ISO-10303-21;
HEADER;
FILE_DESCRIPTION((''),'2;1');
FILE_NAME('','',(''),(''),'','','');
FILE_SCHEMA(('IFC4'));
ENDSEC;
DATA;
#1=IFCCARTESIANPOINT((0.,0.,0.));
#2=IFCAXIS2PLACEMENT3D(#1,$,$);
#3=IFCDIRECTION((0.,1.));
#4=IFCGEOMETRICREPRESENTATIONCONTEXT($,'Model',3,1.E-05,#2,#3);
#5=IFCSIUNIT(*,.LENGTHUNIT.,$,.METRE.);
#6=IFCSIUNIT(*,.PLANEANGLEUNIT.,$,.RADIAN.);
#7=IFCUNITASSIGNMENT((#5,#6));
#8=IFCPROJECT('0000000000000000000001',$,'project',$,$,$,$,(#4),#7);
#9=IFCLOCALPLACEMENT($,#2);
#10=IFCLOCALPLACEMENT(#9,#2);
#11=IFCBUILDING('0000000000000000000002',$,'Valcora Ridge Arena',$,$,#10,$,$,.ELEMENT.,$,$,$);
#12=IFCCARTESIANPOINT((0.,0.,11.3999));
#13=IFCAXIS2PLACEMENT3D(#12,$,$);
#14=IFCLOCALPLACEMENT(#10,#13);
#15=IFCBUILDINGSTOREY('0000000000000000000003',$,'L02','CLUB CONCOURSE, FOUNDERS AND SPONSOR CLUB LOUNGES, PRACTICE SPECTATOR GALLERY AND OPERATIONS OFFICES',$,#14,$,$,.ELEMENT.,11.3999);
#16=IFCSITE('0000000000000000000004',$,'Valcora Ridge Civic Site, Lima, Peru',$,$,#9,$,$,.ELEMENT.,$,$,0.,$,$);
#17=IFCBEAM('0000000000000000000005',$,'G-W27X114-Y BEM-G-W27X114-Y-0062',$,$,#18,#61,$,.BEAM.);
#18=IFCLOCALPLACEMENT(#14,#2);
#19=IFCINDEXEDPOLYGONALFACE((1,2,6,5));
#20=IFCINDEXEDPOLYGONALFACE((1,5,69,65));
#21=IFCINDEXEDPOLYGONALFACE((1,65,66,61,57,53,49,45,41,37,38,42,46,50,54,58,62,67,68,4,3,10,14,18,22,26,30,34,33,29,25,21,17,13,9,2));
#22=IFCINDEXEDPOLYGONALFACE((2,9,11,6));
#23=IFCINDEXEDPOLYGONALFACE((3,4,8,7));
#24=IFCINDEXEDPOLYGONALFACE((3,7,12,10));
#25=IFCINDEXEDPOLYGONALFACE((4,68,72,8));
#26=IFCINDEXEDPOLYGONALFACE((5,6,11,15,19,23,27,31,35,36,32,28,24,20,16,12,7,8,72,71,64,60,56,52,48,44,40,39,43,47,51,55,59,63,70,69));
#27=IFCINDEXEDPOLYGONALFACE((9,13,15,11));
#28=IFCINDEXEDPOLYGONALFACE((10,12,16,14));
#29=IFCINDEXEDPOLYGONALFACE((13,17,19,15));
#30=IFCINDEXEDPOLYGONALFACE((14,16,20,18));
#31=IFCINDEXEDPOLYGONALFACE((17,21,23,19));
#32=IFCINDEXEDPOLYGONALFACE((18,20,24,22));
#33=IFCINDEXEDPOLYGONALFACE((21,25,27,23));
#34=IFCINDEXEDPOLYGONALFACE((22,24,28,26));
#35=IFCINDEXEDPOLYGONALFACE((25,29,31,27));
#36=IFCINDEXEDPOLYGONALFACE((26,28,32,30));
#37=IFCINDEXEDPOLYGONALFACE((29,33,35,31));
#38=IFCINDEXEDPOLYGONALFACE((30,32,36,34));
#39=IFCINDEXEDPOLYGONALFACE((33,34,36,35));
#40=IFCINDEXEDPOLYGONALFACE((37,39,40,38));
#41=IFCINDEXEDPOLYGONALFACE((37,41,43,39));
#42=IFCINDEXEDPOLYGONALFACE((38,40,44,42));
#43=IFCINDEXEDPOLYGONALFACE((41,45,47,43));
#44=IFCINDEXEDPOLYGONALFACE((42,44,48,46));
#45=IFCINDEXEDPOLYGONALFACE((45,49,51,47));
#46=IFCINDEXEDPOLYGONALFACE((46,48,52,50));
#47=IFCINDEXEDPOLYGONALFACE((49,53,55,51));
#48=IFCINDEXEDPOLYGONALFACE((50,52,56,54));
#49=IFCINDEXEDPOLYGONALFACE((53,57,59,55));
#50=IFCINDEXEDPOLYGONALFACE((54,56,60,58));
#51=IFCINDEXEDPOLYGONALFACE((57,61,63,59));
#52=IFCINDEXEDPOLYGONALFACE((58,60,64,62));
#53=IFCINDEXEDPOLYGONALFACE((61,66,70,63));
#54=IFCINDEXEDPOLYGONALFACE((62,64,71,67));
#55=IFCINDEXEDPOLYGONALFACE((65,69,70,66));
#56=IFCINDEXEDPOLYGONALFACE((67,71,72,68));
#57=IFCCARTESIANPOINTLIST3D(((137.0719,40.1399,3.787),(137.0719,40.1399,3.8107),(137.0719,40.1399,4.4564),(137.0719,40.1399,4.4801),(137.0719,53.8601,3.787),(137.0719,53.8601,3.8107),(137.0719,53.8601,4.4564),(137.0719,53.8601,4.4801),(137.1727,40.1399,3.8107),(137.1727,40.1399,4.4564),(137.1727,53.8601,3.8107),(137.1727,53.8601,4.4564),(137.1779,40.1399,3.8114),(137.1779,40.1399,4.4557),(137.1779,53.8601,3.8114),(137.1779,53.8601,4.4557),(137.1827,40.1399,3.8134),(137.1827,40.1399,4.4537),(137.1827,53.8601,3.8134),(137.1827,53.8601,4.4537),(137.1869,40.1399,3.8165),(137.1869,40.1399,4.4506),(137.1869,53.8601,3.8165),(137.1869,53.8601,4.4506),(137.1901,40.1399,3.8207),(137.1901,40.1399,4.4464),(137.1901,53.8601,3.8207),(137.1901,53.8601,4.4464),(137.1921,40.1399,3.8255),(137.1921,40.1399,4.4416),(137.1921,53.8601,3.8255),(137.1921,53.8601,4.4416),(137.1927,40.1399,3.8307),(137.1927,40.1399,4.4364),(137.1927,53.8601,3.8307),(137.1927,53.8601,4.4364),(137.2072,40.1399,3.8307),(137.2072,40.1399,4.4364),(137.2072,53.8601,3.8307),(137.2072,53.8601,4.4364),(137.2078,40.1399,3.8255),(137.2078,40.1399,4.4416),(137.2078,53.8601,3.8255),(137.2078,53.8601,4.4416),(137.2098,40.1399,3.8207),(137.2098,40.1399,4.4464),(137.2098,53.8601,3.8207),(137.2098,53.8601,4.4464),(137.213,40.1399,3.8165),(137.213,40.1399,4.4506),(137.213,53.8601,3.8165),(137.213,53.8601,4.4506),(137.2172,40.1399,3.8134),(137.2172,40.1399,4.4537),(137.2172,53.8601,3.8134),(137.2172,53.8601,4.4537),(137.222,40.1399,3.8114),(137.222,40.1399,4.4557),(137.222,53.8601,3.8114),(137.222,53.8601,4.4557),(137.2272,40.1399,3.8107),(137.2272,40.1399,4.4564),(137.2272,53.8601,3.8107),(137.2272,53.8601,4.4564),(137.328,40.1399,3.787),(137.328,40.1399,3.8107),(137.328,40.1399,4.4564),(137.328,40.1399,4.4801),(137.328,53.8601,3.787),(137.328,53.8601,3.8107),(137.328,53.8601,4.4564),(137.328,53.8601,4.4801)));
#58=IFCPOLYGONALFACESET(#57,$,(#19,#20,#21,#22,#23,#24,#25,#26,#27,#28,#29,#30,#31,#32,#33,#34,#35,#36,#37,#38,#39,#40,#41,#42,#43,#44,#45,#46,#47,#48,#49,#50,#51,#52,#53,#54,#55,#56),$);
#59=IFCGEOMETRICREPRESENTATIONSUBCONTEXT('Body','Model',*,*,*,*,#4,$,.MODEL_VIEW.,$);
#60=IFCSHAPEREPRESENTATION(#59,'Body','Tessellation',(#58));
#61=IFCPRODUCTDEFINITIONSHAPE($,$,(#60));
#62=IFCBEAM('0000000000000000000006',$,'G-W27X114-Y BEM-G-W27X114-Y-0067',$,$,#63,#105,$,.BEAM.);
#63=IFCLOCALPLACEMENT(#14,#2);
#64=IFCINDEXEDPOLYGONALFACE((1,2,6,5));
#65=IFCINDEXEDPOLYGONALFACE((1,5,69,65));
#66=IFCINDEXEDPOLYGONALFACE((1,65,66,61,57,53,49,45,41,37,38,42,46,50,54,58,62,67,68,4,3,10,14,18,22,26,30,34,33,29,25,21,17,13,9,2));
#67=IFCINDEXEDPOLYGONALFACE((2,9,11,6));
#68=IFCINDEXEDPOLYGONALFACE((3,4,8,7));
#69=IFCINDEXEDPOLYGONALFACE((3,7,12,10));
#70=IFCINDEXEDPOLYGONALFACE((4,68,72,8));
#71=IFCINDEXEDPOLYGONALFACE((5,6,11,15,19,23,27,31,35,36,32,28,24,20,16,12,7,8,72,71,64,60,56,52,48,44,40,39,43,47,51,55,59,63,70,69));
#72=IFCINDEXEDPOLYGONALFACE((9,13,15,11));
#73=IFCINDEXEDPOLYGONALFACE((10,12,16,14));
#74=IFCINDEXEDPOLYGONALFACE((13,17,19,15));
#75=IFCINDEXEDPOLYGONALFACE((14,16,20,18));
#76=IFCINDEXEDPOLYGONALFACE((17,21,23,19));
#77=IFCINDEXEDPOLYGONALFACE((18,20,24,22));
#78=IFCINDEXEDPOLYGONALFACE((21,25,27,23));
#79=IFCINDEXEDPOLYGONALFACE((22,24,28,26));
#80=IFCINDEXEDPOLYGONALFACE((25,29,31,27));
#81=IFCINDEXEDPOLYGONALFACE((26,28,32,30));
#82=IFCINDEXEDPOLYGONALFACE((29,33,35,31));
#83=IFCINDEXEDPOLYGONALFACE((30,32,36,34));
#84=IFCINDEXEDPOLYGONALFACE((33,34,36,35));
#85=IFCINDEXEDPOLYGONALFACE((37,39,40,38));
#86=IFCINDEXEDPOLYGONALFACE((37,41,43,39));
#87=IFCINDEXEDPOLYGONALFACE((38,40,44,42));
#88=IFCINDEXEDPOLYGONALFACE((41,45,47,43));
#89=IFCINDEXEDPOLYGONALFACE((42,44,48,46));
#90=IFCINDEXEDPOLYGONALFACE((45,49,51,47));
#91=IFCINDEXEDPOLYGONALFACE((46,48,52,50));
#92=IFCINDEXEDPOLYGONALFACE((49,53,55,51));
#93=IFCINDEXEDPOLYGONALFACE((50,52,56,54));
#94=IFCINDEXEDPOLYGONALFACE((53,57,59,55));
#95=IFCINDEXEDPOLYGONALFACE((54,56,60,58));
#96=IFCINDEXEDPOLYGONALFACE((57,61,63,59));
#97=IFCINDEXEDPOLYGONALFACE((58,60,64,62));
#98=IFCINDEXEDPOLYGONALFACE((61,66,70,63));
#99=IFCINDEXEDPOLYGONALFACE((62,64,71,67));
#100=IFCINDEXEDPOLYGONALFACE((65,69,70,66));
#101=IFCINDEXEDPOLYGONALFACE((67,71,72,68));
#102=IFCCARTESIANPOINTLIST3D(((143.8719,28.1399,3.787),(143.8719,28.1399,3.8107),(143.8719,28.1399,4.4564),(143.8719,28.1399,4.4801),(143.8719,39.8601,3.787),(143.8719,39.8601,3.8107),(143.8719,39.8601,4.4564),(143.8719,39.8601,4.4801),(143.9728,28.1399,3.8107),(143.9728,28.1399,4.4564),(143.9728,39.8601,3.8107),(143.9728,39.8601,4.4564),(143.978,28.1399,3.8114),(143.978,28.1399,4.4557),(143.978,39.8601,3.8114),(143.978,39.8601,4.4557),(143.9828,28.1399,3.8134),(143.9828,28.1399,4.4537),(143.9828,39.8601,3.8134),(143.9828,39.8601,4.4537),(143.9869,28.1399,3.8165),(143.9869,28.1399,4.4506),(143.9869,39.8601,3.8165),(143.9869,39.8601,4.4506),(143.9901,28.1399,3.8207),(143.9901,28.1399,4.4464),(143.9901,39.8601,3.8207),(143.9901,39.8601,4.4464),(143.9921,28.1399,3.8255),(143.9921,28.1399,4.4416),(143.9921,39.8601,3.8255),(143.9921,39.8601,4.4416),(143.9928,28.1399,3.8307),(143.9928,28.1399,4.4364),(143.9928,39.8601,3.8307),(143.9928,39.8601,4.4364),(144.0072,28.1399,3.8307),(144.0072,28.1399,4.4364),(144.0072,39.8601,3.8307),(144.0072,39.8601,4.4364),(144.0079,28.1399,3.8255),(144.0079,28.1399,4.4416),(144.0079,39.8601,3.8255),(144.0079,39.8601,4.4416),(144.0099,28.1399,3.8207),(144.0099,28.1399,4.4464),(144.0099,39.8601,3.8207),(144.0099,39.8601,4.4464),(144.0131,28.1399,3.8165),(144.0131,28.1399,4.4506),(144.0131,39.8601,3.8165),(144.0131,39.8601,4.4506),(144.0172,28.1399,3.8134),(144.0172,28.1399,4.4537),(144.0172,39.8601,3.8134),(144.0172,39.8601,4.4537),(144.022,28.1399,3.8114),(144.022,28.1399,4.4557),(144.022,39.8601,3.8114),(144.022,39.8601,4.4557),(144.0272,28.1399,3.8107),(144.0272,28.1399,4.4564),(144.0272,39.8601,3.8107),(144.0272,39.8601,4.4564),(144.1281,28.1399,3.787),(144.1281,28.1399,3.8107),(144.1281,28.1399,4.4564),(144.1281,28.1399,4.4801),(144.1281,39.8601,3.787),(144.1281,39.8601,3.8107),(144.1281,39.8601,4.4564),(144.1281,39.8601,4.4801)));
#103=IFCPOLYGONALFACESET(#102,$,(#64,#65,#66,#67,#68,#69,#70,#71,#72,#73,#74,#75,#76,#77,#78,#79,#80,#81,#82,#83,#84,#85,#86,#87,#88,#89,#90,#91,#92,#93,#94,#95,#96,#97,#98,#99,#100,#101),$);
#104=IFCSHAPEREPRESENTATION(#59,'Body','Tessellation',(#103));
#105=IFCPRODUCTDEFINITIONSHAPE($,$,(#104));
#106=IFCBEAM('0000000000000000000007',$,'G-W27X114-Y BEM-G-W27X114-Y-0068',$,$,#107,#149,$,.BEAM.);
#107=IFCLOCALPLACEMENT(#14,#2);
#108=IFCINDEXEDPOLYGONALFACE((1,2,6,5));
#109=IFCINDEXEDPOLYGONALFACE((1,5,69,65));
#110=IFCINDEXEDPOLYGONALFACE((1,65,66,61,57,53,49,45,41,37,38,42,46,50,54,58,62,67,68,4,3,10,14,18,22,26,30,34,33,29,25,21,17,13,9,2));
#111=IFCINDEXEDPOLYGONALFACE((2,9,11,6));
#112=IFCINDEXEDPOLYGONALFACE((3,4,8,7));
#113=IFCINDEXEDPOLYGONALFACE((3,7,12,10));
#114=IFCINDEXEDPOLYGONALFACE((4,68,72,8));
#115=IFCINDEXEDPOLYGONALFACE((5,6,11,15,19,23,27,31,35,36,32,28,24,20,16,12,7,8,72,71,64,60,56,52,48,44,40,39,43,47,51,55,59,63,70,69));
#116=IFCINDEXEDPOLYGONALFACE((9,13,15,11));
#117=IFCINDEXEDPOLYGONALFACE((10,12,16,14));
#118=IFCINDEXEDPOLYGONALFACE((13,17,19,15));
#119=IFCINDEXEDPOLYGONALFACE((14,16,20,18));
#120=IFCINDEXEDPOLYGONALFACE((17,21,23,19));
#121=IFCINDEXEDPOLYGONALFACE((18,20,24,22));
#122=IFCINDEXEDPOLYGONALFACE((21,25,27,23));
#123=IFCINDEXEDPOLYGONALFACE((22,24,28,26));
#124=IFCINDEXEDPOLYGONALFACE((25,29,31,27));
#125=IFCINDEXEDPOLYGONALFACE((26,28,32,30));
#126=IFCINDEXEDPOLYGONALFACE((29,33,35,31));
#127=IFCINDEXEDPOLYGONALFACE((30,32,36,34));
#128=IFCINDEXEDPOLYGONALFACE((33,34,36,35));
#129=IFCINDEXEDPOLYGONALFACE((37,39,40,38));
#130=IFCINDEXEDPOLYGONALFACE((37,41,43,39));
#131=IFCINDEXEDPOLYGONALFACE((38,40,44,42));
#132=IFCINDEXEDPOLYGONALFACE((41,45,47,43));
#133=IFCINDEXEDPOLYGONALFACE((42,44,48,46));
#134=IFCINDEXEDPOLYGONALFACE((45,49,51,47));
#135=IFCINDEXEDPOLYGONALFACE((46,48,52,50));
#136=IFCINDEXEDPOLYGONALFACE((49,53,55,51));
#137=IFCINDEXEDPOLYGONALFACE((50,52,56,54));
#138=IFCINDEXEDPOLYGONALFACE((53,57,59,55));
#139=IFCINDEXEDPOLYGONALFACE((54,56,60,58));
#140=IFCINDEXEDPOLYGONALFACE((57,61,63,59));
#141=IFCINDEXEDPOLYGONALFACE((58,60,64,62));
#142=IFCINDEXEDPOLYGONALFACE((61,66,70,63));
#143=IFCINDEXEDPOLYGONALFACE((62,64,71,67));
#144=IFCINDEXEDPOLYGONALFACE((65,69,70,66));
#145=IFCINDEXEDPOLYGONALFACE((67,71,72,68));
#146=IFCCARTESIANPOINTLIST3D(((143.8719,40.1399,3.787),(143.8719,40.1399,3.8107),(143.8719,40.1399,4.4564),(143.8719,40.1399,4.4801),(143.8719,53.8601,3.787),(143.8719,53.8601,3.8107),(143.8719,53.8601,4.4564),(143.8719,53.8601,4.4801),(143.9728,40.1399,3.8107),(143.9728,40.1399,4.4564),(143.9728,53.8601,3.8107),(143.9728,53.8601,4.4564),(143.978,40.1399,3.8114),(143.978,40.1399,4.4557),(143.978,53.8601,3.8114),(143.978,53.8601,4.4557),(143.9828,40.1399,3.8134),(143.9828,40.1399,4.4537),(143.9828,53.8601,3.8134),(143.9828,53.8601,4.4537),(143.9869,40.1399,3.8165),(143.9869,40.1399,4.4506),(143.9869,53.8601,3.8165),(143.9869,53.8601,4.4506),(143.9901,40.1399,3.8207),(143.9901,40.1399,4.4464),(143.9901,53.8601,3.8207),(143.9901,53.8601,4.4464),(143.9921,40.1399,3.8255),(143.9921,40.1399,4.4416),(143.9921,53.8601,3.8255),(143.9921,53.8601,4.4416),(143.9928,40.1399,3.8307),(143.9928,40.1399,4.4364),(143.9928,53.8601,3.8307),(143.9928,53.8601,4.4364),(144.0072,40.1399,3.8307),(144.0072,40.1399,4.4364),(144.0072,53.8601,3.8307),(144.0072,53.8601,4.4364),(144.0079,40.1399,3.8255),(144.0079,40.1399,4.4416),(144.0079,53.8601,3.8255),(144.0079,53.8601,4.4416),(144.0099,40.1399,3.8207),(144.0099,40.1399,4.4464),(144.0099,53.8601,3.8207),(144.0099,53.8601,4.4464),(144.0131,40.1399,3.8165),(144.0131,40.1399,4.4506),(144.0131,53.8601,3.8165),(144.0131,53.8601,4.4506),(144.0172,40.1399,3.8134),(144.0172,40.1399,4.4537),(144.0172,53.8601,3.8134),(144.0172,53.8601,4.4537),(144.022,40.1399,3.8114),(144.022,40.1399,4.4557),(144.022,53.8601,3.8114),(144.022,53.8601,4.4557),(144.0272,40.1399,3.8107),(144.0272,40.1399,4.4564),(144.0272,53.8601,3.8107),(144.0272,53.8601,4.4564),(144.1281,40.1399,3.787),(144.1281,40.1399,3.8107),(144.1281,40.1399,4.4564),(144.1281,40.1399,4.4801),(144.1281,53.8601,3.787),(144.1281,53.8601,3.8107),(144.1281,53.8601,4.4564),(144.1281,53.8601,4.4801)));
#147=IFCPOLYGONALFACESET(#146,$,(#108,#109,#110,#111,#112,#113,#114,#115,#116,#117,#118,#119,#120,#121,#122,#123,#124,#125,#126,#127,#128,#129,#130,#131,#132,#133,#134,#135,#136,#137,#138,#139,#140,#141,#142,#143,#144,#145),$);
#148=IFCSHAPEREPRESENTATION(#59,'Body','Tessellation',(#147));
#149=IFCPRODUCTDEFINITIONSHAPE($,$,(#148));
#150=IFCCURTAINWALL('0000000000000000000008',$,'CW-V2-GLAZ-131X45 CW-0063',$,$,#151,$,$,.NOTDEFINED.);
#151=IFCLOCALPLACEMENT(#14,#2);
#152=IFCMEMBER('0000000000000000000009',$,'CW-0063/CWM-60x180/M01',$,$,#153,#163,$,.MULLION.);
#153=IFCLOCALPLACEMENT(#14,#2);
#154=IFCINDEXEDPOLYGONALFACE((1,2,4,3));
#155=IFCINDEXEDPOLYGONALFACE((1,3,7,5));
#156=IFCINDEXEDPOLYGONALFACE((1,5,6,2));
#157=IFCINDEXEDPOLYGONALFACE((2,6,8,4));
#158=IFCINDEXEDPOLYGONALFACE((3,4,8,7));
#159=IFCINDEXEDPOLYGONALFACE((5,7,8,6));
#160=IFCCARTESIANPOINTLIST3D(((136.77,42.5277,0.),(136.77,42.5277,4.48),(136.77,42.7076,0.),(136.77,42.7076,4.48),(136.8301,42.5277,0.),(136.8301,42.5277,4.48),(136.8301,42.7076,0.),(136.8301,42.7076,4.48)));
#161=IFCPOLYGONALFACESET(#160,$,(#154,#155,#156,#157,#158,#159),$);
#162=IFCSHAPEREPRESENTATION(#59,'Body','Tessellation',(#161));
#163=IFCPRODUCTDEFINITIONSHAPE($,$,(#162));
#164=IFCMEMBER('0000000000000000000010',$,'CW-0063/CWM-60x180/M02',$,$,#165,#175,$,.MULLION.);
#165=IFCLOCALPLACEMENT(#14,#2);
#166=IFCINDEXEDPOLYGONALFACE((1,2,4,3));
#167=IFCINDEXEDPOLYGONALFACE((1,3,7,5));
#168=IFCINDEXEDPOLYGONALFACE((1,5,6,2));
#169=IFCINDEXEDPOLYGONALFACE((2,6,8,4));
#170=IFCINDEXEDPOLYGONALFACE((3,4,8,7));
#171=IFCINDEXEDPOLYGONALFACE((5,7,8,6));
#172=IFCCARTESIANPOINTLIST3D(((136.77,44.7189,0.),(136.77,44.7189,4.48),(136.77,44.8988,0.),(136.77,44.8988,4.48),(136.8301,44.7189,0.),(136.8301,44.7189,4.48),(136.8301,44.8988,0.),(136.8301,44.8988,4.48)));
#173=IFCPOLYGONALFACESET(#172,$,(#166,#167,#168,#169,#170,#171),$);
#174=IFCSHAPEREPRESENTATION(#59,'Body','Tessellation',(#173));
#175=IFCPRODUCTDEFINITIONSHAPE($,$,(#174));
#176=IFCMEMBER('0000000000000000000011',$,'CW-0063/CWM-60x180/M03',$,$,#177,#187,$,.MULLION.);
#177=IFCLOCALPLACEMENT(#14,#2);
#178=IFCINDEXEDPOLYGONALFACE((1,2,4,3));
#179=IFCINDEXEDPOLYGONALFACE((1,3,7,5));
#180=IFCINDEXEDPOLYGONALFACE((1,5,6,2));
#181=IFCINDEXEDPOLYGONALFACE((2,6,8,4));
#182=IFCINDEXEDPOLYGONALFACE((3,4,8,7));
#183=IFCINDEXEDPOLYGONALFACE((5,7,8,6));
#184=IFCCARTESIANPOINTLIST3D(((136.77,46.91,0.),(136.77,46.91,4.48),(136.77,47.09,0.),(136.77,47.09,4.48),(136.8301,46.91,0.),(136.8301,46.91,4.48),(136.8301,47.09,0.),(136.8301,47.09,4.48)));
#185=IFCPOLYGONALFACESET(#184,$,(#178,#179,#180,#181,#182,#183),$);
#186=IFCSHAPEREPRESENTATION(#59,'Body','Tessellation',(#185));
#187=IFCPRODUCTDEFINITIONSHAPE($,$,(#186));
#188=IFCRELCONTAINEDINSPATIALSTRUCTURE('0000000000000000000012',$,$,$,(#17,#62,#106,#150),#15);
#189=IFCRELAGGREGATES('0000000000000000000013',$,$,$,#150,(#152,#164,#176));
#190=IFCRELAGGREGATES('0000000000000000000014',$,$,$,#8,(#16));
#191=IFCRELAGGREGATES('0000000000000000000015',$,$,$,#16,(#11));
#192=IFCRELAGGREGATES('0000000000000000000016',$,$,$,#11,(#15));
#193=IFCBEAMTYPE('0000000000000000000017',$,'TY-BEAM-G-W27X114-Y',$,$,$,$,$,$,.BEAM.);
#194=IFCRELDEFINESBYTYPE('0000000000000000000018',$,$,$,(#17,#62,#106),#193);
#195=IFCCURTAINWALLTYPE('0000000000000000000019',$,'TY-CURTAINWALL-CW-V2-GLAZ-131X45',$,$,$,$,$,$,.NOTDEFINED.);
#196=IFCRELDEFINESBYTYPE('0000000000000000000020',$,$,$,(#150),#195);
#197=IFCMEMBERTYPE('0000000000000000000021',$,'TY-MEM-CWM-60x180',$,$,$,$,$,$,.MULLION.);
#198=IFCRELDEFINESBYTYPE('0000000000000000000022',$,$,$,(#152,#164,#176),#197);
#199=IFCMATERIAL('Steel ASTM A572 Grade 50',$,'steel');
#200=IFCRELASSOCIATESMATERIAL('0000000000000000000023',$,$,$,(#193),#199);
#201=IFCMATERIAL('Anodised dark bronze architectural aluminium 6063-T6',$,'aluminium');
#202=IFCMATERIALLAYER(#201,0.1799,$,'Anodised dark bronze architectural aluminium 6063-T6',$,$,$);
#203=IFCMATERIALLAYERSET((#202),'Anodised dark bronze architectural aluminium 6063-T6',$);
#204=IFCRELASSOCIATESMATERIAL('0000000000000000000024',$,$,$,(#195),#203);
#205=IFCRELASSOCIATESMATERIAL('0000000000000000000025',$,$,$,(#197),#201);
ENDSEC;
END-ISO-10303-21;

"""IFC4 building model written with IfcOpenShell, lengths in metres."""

from ifc_helpers import new_model, si_unit, direction, frame, origin, origin_2d, place, context, subcontext, project, spatial, rectangle, i_section, extrude, material, layer, layer_set, material_profile, profile_set, type_object, element, aggregate, save


model = new_model("IFC4")

# Units and contexts
model_context = context("Model", 3, precision=1e-05, world=origin(), true_north=direction((0.0, 1.0)))
body_context = subcontext(model_context, "Body", "Model", "MODEL_VIEW")
ifc_project = project(units=[si_unit("LENGTHUNIT", "METRE"), si_unit("PLANEANGLEUNIT", "RADIAN")], contexts=[model_context])

# Site, building, storey
site_placement = place(None, origin())
site = spatial("IfcSite", under=ifc_project, at=site_placement, Name="Valcora Ridge Civic Site, Lima, Peru", CompositionType="ELEMENT", RefElevation=0.0)
building_placement = place(site_placement, origin())
building = spatial("IfcBuilding", under=site, at=building_placement, Name="Valcora Ridge Arena", CompositionType="ELEMENT")
storey_placement = place(building_placement, frame((0.0, 0.0, 11.3999)))
storey = spatial("IfcBuildingStorey", under=building, at=storey_placement, Name="L02", Description="CLUB CONCOURSE, FOUNDERS AND SPONSOR CLUB LOUNGES, PRACTICE SPECTATOR GALLERY AND OPERATIONS OFFICES", CompositionType="ELEMENT", Elevation=11.3999)

# Shared definitions
ifc_material_1 = material(Name="Steel ASTM A572 Grade 50", Category="steel")

# Beams
ifc_material_profile_1 = material_profile(ifc_material_1, i_section(OverallWidth=0.2561, OverallDepth=0.6931, WebThickness=0.0144, FlangeThickness=0.0237, FilletRadius=0.02, at=origin_2d()), Name="W27X114")
ifc_profile_set_1 = profile_set([ifc_material_profile_1], Name="Steel ASTM A572 Grade 50")
beam_type_1 = type_object("IfcBeamType", Name="TY-BEAM-G-W27X114-Y", PredefinedType="BEAM", material=ifc_profile_set_1)
beam_1_placement = place(storey_placement, frame((137.2, 40.1399, 4.1335), z_axis=(0.0, 1.0, 0.0), x_axis=(-1.0, 0.0, 0.0)))
element("IfcBeam", 1, at=beam_1_placement, inside=storey, type_object=beam_type_1, Name="G-W27X114-Y BEM-G-W27X114-Y-0062", PredefinedType="BEAM", context=body_context, shape_type="SweptSolid", body=[
    extrude(i_section(OverallWidth=0.2561, OverallDepth=0.6931, WebThickness=0.0144, FlangeThickness=0.0237, FilletRadius=0.02, at=origin_2d()), origin(), (0.0, 0.0, 1.0), 13.7202),
])
beam_2_placement = place(storey_placement, frame((144.0, 28.1399, 4.1335), z_axis=(0.0, 1.0, 0.0), x_axis=(-1.0, 0.0, 0.0)))
element("IfcBeam", 2, at=beam_2_placement, inside=storey, type_object=beam_type_1, Name="G-W27X114-Y BEM-G-W27X114-Y-0067", PredefinedType="BEAM", context=body_context, shape_type="SweptSolid", body=[
    extrude(i_section(OverallWidth=0.2561, OverallDepth=0.6931, WebThickness=0.0144, FlangeThickness=0.0237, FilletRadius=0.02, at=origin_2d()), origin(), (0.0, 0.0, 1.0), 11.7202),
])
beam_3_placement = place(storey_placement, frame((144.0, 40.1399, 4.1335), z_axis=(0.0, 1.0, 0.0), x_axis=(-1.0, 0.0, 0.0)))
element("IfcBeam", 3, at=beam_3_placement, inside=storey, type_object=beam_type_1, Name="G-W27X114-Y BEM-G-W27X114-Y-0068", PredefinedType="BEAM", context=body_context, shape_type="SweptSolid", body=[
    extrude(i_section(OverallWidth=0.2561, OverallDepth=0.6931, WebThickness=0.0144, FlangeThickness=0.0237, FilletRadius=0.02, at=origin_2d()), origin(), (0.0, 0.0, 1.0), 13.7202),
])

# Curtain wall, members
ifc_material_2 = material(Name="Anodised dark bronze architectural aluminium 6063-T6", Category="aluminium")
ifc_layer_1 = layer(ifc_material_2, 0.1799, Name="Anodised dark bronze architectural aluminium 6063-T6")
ifc_layer_set_1 = layer_set([ifc_layer_1], Name="Anodised dark bronze architectural aluminium 6063-T6")
curtain_wall_type = type_object("IfcCurtainWallType", Name="TY-CURTAINWALL-CW-V2-GLAZ-131X45", PredefinedType="NOTDEFINED", material=ifc_layer_set_1)
curtain_wall_placement = place(storey_placement, origin())
curtain_wall = element("IfcCurtainWall", 4, at=curtain_wall_placement, inside=storey, type_object=curtain_wall_type, Name="CW-V2-GLAZ-131X45 CW-0063", PredefinedType="NOTDEFINED")
ifc_material_profile_2 = material_profile(ifc_material_2, rectangle(XDim=0.0601, YDim=0.1799, at=origin_2d()), Name="ALU MULLION 60x180")
ifc_profile_set_2 = profile_set([ifc_material_profile_2], Name="Anodised dark bronze architectural aluminium 6063-T6")
member_type_1 = type_object("IfcMemberType", Name="TY-MEM-CWM-60x180", PredefinedType="MULLION", material=ifc_profile_set_2)
member_1_placement = place(storey_placement, frame((136.8, 42.6177, 0.0), z_axis=(0.0, 0.0, 1.0), x_axis=(-1.0, 0.0, 0.0)))
member_1 = element("IfcMember", 5, at=member_1_placement, type_object=member_type_1, Name="CW-0063/CWM-60x180/M01", PredefinedType="MULLION", context=body_context, shape_type="SweptSolid", body=[
    extrude(rectangle(XDim=0.0601, YDim=0.1799, at=origin_2d()), origin(), (0.0, 0.0, 1.0), 4.48),
])
member_2_placement = place(storey_placement, frame((136.8, 44.8088, 0.0), z_axis=(0.0, 0.0, 1.0), x_axis=(-1.0, 0.0, 0.0)))
member_2 = element("IfcMember", 6, at=member_2_placement, type_object=member_type_1, Name="CW-0063/CWM-60x180/M02", PredefinedType="MULLION", context=body_context, shape_type="SweptSolid", body=[
    extrude(rectangle(XDim=0.0601, YDim=0.1799, at=origin_2d()), origin(), (0.0, 0.0, 1.0), 4.48),
])
member_3_placement = place(storey_placement, frame((136.8, 47.0, 0.0), z_axis=(0.0, 0.0, 1.0), x_axis=(-1.0, 0.0, 0.0)))
member_3 = element("IfcMember", 7, at=member_3_placement, type_object=member_type_1, Name="CW-0063/CWM-60x180/M03", PredefinedType="MULLION", context=body_context, shape_type="SweptSolid", body=[
    extrude(rectangle(XDim=0.0601, YDim=0.1799, at=origin_2d()), origin(), (0.0, 0.0, 1.0), 4.48),
])

aggregate(curtain_wall, [member_1, member_2, member_3])

save(model, "model.ifc")
